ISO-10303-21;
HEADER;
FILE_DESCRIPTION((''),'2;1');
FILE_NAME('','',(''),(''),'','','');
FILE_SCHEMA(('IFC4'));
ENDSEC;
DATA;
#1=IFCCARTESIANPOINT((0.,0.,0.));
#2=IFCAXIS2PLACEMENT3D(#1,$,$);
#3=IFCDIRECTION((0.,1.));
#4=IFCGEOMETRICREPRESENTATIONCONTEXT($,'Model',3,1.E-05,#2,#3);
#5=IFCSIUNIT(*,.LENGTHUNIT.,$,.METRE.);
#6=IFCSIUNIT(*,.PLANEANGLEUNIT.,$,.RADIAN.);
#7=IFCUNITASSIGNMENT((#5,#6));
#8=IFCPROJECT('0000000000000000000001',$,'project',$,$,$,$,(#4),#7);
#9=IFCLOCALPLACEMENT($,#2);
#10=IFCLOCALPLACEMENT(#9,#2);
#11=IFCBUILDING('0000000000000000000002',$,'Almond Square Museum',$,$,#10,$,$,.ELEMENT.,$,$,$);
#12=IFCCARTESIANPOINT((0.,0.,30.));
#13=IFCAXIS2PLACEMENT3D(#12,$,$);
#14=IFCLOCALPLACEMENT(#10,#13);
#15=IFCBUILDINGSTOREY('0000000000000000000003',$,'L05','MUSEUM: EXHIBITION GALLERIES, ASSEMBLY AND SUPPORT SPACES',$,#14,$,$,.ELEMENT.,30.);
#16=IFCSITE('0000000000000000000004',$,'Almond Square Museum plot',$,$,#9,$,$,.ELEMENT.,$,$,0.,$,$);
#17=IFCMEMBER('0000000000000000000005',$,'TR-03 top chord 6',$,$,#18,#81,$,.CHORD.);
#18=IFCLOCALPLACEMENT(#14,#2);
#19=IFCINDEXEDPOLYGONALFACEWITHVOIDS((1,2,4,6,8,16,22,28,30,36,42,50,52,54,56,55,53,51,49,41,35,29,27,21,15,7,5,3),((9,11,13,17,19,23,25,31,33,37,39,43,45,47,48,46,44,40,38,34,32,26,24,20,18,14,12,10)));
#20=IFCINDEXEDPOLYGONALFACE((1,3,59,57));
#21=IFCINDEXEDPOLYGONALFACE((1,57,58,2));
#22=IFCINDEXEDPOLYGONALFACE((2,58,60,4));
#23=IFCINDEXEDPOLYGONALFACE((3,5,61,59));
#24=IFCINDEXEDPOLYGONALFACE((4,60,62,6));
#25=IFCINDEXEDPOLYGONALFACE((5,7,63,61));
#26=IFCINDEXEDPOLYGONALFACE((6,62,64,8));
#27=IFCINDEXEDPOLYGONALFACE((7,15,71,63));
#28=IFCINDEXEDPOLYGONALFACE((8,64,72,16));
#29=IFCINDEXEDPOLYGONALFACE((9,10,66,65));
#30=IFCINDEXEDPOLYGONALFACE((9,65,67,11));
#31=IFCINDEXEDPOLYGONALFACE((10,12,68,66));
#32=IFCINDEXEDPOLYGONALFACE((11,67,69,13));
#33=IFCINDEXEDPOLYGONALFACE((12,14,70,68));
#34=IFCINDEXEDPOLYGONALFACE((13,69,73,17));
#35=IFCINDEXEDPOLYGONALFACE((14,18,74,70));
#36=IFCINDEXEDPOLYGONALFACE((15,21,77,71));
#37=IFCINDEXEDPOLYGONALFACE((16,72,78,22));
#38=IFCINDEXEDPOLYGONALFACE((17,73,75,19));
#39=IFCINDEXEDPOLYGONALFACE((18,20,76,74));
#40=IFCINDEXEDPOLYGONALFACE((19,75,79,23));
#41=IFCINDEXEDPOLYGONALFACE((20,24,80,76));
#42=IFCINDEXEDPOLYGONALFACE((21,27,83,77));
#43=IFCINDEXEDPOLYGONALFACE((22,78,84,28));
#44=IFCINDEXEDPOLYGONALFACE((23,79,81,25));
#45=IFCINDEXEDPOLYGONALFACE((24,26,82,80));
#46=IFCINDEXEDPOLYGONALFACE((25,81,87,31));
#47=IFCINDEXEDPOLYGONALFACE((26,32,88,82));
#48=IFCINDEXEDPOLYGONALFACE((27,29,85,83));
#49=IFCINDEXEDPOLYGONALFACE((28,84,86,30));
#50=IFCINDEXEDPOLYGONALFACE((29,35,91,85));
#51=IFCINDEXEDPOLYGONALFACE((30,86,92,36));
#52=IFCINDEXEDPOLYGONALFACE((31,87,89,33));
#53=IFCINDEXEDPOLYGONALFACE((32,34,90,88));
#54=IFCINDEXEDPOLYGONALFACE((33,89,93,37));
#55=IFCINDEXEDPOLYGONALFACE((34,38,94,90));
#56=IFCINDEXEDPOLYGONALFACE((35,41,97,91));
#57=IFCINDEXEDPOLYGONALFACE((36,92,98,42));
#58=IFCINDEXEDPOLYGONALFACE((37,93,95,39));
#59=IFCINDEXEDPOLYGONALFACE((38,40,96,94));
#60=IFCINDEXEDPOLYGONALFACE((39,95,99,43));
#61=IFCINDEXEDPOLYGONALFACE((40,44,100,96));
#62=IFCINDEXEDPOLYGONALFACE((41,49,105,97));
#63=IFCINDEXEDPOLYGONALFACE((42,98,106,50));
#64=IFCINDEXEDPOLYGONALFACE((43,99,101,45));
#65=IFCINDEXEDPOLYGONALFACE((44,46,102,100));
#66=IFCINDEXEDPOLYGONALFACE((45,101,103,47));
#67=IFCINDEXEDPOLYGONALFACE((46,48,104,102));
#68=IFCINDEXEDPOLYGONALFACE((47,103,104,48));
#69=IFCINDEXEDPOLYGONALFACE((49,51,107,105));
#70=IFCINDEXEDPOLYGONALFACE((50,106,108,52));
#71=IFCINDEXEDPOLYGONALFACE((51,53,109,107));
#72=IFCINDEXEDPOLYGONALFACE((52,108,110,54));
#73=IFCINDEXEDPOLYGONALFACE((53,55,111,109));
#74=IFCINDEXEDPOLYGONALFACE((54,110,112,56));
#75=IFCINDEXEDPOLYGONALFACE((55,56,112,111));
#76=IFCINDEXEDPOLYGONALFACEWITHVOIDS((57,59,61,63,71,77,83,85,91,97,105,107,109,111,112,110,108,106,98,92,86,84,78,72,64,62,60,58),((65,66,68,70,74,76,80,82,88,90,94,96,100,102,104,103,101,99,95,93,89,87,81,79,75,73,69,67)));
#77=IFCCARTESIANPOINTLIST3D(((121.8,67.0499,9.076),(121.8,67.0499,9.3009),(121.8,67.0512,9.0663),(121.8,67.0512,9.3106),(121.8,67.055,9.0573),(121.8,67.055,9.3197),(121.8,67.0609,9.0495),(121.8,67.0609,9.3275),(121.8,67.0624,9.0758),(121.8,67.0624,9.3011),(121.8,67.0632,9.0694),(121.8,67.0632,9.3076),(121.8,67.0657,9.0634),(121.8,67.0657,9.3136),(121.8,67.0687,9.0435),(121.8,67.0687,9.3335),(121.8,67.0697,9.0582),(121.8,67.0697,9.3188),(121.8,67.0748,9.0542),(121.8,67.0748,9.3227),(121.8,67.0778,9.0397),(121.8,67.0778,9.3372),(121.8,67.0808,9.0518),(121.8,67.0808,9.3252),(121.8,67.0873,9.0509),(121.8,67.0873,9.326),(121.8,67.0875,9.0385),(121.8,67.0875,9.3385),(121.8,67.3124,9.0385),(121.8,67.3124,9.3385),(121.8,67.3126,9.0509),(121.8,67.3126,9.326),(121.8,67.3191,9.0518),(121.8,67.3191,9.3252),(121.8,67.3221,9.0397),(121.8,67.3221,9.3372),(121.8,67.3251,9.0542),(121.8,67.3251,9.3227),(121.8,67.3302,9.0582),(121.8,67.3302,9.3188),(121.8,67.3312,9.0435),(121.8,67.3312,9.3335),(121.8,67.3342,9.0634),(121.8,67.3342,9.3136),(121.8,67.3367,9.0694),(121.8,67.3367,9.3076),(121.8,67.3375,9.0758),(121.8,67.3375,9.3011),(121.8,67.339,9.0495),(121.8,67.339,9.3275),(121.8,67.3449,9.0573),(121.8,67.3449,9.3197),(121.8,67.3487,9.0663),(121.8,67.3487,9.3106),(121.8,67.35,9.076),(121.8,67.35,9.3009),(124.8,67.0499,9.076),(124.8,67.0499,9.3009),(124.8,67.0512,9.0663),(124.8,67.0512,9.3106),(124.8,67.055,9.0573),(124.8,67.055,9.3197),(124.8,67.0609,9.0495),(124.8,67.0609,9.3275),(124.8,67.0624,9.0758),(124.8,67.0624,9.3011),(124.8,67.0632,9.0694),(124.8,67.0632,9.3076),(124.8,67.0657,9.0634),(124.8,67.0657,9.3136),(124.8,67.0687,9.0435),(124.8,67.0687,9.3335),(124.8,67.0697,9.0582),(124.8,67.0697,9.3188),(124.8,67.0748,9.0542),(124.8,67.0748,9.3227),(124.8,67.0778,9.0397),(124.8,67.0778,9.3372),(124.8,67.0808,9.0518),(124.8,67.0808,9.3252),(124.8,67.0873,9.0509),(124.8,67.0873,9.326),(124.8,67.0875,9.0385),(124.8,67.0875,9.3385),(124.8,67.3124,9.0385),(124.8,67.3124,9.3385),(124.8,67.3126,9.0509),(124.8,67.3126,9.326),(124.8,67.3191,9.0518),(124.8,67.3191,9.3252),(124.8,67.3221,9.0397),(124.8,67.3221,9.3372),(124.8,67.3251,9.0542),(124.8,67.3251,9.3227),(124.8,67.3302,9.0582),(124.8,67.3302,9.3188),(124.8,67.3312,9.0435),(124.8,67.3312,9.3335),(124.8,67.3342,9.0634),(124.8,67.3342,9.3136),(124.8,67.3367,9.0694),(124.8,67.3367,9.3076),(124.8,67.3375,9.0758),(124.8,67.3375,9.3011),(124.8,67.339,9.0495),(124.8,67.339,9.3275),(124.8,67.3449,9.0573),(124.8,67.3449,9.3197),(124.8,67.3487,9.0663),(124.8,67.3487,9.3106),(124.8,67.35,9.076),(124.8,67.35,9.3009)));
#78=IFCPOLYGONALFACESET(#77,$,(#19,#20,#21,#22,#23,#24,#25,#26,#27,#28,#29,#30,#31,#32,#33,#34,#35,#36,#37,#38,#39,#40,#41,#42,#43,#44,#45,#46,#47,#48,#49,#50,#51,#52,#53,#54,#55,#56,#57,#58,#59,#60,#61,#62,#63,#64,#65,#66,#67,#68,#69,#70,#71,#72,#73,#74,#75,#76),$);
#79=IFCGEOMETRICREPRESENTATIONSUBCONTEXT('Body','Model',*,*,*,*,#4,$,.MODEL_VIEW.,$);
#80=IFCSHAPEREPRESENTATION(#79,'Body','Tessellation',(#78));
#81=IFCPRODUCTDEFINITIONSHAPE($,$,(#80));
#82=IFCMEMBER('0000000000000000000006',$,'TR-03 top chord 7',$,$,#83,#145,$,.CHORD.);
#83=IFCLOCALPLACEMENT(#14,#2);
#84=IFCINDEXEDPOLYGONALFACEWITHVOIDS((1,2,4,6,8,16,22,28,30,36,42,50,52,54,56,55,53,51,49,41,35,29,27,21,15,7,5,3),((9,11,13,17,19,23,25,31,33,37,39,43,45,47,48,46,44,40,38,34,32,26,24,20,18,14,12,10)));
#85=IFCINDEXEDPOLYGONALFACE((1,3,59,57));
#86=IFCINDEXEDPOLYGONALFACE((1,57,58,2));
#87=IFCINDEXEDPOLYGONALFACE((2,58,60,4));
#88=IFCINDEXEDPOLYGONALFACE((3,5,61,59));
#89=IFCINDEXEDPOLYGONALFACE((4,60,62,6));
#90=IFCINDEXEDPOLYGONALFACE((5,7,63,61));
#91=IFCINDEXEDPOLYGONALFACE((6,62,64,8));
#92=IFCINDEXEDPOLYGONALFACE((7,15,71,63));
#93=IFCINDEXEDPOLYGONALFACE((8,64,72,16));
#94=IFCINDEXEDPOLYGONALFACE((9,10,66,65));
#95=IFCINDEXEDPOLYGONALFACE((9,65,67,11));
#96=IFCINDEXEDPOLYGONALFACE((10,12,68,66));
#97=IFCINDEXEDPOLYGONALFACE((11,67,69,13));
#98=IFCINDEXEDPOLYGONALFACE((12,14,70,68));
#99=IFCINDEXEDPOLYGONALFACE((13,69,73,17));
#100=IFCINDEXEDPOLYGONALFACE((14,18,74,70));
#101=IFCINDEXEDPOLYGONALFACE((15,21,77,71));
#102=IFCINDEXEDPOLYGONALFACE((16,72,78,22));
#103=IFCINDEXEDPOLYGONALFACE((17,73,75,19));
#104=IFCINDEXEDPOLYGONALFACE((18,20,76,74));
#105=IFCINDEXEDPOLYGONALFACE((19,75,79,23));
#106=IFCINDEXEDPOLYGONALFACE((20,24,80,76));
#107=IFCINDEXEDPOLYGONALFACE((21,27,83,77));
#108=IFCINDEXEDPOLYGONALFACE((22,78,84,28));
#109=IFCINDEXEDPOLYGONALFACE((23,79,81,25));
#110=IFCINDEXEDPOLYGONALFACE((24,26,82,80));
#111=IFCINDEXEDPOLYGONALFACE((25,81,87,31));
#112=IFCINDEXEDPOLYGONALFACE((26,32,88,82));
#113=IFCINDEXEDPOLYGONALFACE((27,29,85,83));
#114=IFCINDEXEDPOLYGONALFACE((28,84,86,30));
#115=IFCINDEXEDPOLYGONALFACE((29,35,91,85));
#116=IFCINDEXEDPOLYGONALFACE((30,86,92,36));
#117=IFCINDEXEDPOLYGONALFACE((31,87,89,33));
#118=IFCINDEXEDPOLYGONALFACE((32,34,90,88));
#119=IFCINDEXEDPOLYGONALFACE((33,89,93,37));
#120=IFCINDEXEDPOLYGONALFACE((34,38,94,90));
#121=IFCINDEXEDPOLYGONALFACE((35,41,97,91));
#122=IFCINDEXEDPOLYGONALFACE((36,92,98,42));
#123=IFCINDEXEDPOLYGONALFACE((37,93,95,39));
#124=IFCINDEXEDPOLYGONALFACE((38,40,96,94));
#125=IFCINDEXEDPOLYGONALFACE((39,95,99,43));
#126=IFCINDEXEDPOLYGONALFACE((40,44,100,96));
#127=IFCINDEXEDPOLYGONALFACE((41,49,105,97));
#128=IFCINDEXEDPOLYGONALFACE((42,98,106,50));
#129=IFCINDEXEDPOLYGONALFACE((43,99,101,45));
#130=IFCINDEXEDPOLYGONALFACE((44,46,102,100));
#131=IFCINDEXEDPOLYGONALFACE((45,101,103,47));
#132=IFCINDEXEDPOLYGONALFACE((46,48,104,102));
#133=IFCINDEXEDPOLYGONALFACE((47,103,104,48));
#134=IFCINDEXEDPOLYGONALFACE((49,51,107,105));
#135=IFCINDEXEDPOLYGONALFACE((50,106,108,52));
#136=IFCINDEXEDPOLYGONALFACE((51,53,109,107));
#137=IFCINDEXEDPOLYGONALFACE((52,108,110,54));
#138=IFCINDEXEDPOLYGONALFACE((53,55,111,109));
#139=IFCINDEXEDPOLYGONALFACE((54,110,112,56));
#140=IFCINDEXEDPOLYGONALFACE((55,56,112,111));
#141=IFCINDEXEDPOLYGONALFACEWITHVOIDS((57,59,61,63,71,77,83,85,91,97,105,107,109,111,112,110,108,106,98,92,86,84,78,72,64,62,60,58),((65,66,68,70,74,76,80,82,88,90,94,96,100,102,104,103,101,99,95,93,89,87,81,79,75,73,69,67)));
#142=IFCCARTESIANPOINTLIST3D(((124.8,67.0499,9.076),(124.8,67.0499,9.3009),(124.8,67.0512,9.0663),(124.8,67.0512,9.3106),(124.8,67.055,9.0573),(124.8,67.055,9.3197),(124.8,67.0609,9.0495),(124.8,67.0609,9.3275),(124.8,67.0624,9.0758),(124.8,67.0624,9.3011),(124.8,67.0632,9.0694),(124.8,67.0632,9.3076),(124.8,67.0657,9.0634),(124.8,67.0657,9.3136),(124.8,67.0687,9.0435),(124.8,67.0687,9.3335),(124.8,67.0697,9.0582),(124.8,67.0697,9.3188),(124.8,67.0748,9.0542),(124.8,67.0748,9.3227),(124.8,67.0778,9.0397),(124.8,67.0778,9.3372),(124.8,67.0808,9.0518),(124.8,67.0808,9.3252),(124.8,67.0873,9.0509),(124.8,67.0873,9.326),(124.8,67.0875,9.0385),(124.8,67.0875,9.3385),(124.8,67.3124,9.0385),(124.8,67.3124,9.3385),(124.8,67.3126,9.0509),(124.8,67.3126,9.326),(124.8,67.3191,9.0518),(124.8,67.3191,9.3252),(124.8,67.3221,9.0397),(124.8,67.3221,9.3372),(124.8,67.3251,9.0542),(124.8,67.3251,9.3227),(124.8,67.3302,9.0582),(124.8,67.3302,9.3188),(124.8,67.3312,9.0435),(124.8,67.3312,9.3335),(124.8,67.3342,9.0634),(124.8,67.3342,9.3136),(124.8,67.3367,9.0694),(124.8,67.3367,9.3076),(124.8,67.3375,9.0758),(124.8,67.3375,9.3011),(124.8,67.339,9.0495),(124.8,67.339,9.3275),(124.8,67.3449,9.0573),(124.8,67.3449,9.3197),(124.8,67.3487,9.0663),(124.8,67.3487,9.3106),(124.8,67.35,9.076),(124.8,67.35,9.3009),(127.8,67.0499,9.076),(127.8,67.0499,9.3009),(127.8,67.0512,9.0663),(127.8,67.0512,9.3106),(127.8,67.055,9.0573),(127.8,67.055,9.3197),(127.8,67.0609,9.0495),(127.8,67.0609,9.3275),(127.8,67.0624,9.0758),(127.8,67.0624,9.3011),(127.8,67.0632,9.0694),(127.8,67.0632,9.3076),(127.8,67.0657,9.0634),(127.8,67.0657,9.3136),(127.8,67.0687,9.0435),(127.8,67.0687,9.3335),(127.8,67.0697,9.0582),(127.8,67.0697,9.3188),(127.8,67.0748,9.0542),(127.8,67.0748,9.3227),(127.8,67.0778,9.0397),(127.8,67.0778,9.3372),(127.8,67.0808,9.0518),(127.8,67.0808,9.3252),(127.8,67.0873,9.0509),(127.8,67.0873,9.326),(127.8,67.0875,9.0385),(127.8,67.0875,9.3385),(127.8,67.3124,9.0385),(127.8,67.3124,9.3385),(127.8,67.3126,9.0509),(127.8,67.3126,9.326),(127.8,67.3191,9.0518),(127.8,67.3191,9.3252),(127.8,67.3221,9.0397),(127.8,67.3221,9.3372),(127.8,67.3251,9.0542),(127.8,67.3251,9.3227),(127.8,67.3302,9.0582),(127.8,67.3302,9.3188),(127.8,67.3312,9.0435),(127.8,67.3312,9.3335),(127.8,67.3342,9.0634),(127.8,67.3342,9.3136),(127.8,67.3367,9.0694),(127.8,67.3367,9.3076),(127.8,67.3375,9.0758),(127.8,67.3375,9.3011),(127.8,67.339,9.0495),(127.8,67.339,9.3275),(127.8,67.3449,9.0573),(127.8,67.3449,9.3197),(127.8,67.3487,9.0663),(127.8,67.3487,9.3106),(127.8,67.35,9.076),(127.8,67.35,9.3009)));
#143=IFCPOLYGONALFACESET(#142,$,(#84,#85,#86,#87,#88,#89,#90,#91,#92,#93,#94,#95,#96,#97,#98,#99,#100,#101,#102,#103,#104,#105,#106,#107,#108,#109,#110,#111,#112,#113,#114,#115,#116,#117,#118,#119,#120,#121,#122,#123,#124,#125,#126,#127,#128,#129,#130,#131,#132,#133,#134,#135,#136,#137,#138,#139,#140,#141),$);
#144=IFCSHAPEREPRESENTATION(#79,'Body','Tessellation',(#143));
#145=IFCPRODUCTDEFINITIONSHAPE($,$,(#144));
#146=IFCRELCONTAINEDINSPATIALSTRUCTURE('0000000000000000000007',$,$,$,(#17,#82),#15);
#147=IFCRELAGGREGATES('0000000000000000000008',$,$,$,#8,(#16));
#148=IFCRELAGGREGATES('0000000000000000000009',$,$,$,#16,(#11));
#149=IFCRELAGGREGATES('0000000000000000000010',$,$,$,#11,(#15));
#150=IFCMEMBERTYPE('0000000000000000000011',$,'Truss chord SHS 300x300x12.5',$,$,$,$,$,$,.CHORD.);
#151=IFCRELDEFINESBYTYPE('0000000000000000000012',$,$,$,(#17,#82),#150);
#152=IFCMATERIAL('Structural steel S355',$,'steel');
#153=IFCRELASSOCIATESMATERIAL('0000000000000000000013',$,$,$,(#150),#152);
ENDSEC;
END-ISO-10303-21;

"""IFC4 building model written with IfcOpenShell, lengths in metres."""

from ifc_helpers import new_model, si_unit, direction, frame, origin, origin_2d, place, context, subcontext, project, spatial, hollow_rectangle, extrude, material, material_profile, profile_set, type_object, element, save


model = new_model("IFC4")

# Units and contexts
model_context = context("Model", 3, precision=1e-05, world=origin(), true_north=direction((0.0, 1.0)))
body_context = subcontext(model_context, "Body", "Model", "MODEL_VIEW")
ifc_project = project(units=[si_unit("LENGTHUNIT", "METRE"), si_unit("PLANEANGLEUNIT", "RADIAN")], contexts=[model_context])

# Site, building, storey
site_placement = place(None, origin())
site = spatial("IfcSite", under=ifc_project, at=site_placement, Name="Almond Square Museum plot", CompositionType="ELEMENT", RefElevation=0.0)
building_placement = place(site_placement, origin())
building = spatial("IfcBuilding", under=site, at=building_placement, Name="Almond Square Museum", CompositionType="ELEMENT")
storey_placement = place(building_placement, frame((0.0, 0.0, 30.0)))
storey = spatial("IfcBuildingStorey", under=building, at=storey_placement, Name="L05", Description="MUSEUM: EXHIBITION GALLERIES, ASSEMBLY AND SUPPORT SPACES", CompositionType="ELEMENT", Elevation=30.0)

# Members
ifc_material_1 = material(Name="Structural steel S355", Category="steel")
ifc_material_profile_1 = material_profile(ifc_material_1, hollow_rectangle(XDim=0.3, YDim=0.3, WallThickness=0.0125, InnerFilletRadius=0.0249, OuterFilletRadius=0.0376, at=origin_2d()))
ifc_profile_set_1 = profile_set([ifc_material_profile_1], Name="Structural steel S355")
member_type_1 = type_object("IfcMemberType", Name="Truss chord SHS 300x300x12.5", PredefinedType="CHORD", material=ifc_profile_set_1)
for number, where, z_axis, x_axis, name in (
    (1, (121.8, 67.2, 9.1885), (1.0, 0.0, 0.0), (0.0, 1.0, 0.0), "TR-03 top chord 6"),
    (2, (124.8, 67.2, 9.1885), (1.0, 0.0, 0.0), (0.0, 1.0, 0.0), "TR-03 top chord 7"),
):
    element("IfcMember", number, at=place(storey_placement, frame(where, z_axis=z_axis, x_axis=x_axis)), inside=storey, type_object=member_type_1, Name=name, PredefinedType="CHORD", context=body_context, shape_type="SweptSolid", body=[
        extrude(hollow_rectangle(XDim=0.3, YDim=0.3, WallThickness=0.0125, InnerFilletRadius=0.0249, OuterFilletRadius=0.0376, at=origin_2d()), origin(), (0.0, 0.0, 1.0), 3.0),
    ])

save(model, "model.ifc")
